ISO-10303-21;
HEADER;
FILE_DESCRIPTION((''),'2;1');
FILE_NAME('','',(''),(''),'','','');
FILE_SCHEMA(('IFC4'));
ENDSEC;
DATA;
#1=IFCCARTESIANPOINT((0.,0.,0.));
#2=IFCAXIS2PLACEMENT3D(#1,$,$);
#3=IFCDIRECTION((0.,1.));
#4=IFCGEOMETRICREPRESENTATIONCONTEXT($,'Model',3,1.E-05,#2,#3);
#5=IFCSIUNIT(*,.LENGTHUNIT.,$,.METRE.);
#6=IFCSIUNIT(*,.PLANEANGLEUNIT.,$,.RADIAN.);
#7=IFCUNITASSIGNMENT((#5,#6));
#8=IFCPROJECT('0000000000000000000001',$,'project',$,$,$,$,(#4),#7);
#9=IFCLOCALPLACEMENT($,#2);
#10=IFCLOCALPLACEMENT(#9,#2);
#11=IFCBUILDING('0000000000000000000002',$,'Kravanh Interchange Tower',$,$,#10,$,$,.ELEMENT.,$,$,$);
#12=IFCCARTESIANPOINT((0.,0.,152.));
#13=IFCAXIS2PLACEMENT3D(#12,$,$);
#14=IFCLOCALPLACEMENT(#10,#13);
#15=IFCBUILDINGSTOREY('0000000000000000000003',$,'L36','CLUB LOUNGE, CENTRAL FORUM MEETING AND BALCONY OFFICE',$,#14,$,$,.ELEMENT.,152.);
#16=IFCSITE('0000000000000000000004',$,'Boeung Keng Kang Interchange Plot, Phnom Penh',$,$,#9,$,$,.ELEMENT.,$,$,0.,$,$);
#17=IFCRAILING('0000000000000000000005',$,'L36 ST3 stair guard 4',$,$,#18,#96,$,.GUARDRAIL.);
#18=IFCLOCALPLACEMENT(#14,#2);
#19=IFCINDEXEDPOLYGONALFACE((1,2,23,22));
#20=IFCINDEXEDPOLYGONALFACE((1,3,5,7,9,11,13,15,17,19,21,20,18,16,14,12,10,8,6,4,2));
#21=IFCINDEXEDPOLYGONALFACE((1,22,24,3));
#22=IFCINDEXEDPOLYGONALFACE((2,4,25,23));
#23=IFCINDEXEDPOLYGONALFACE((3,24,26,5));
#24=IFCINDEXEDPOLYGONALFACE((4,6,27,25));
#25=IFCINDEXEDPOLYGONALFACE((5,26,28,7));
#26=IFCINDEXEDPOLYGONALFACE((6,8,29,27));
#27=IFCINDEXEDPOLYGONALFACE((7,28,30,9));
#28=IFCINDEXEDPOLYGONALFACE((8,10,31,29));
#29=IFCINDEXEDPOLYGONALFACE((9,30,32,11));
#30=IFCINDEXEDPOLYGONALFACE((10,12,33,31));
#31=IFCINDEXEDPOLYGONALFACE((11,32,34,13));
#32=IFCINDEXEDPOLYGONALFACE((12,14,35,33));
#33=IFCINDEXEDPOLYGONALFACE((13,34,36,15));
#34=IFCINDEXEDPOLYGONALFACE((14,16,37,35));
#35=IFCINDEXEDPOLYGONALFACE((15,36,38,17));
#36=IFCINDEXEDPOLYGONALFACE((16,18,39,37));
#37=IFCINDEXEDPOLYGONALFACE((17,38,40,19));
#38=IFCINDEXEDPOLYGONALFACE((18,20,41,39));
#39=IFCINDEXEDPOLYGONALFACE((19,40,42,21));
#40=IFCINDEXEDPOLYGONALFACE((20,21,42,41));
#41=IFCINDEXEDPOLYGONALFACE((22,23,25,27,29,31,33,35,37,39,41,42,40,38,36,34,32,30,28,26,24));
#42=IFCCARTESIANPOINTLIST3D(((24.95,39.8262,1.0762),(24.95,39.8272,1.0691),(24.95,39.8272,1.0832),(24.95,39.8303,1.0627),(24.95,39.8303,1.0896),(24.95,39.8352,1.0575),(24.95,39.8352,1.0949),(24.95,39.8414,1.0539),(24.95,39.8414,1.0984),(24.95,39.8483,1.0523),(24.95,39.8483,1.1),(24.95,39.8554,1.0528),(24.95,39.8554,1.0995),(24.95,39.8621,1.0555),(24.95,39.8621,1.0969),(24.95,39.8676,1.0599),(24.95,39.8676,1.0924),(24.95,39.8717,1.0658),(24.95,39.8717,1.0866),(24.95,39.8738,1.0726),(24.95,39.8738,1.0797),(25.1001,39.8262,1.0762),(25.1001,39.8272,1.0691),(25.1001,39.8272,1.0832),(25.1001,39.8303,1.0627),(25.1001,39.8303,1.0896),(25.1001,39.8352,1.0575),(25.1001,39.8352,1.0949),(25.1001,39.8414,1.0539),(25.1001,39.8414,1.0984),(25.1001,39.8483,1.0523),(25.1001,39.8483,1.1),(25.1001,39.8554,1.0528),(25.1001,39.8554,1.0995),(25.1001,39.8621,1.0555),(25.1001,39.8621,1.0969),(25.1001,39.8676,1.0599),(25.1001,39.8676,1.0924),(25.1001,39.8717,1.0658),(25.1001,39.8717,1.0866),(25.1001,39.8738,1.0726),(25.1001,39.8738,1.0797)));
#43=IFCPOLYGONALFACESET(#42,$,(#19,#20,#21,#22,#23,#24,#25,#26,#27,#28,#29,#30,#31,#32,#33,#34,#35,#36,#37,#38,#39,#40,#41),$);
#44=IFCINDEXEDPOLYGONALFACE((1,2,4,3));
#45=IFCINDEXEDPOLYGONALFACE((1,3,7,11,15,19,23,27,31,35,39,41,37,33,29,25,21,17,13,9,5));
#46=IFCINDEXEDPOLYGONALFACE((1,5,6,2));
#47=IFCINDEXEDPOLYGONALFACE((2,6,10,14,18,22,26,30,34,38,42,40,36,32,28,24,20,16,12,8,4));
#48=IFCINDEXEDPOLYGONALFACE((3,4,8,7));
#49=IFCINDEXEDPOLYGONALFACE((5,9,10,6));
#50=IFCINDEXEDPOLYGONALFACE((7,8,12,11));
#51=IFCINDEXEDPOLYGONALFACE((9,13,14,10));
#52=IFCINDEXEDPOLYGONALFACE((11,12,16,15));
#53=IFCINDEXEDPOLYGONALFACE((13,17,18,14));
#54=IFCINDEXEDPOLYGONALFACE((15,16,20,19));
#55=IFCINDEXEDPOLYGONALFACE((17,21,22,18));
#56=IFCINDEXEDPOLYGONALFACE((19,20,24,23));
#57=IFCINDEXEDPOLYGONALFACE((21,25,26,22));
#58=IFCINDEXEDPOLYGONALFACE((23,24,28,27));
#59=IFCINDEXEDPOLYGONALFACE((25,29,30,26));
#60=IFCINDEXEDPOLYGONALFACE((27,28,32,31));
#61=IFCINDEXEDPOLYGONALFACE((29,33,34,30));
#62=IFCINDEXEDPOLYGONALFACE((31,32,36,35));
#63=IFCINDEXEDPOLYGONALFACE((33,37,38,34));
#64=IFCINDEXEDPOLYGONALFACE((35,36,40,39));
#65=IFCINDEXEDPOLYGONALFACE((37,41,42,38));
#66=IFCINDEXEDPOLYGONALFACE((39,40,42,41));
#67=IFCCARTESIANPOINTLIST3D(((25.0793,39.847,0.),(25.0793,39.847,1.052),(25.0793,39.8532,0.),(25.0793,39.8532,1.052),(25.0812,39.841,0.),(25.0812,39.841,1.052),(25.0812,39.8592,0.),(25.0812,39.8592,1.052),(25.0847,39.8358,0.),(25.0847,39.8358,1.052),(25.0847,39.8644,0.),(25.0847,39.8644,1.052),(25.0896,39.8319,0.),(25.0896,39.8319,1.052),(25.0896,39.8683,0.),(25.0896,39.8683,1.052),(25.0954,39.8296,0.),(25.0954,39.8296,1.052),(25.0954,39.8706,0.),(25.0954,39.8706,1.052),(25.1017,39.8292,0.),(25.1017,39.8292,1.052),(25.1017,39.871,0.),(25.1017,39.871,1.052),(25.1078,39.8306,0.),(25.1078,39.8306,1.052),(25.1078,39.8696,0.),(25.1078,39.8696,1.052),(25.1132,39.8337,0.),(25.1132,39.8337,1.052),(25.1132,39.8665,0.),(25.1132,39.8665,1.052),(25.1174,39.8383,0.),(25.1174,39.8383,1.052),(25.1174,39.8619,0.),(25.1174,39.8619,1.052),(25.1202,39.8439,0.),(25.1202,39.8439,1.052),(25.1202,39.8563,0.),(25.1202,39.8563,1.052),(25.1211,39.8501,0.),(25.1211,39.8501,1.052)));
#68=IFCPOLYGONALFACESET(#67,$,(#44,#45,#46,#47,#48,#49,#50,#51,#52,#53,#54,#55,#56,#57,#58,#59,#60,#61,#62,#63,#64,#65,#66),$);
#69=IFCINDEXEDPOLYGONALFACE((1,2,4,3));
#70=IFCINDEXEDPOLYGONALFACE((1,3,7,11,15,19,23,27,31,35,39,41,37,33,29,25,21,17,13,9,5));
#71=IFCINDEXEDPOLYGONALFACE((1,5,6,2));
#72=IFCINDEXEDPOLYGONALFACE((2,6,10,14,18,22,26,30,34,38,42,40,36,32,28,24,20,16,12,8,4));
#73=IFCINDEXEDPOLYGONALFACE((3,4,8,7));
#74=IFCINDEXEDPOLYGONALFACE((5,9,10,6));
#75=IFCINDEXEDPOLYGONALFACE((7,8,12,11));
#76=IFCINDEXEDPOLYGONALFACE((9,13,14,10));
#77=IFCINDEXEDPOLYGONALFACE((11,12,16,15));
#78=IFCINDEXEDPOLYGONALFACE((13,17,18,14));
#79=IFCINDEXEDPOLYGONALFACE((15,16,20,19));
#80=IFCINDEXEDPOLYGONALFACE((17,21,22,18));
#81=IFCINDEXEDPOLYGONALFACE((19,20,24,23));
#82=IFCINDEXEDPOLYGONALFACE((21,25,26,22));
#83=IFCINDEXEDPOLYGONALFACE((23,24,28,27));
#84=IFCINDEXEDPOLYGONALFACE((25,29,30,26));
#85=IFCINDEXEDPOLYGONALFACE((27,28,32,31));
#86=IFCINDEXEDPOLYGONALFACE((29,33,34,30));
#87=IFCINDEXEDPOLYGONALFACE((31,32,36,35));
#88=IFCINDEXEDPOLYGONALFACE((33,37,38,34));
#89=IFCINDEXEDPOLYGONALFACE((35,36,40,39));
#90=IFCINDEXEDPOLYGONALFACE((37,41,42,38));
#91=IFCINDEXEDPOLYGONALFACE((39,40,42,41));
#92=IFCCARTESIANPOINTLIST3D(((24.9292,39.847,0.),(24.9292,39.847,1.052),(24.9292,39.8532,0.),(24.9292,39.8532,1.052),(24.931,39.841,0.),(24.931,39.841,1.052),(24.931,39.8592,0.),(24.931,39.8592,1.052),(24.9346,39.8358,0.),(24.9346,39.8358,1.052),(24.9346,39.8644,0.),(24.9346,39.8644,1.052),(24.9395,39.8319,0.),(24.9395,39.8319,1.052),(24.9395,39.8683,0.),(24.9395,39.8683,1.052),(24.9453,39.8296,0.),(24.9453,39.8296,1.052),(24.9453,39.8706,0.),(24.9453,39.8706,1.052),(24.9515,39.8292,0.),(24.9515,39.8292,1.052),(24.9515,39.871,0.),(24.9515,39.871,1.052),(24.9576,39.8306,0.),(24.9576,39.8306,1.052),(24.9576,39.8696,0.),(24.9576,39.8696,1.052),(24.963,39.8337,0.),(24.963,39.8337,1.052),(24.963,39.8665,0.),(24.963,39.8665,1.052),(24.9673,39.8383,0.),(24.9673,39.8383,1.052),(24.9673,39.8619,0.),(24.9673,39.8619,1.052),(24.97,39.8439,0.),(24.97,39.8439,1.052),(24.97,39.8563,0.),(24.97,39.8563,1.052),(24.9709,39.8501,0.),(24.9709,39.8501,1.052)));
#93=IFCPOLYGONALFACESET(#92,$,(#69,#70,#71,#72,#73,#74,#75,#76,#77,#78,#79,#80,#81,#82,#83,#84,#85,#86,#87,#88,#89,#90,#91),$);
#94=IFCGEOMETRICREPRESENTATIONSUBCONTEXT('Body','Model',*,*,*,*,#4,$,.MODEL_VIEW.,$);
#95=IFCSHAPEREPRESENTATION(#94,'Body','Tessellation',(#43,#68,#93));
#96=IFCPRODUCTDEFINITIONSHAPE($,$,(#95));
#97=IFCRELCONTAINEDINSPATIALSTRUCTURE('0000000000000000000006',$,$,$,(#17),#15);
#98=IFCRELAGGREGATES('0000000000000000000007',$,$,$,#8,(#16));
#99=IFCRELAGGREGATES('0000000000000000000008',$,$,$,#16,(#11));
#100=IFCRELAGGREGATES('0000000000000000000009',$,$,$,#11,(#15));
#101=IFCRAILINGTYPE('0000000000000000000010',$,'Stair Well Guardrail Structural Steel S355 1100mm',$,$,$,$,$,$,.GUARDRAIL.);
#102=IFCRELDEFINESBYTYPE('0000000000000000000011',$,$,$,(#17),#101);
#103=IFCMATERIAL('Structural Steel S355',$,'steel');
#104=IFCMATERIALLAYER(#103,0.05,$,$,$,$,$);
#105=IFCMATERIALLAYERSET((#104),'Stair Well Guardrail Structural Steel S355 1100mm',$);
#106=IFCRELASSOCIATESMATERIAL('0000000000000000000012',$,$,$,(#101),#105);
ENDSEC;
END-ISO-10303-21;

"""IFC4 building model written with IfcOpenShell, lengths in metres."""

from ifc_helpers import new_model, si_unit, direction, frame, origin, origin_2d, place, context, subcontext, project, spatial, circle, extrude, material, layer, layer_set, type_object, element, save


model = new_model("IFC4")

# Units and contexts
model_context = context("Model", 3, precision=1e-05, world=origin(), true_north=direction((0.0, 1.0)))
body_context = subcontext(model_context, "Body", "Model", "MODEL_VIEW")
ifc_project = project(units=[si_unit("LENGTHUNIT", "METRE"), si_unit("PLANEANGLEUNIT", "RADIAN")], contexts=[model_context])

# Site, building, storey
site_placement = place(None, origin())
site = spatial("IfcSite", under=ifc_project, at=site_placement, Name="Boeung Keng Kang Interchange Plot, Phnom Penh", CompositionType="ELEMENT", RefElevation=0.0)
building_placement = place(site_placement, origin())
building = spatial("IfcBuilding", under=site, at=building_placement, Name="Kravanh Interchange Tower", CompositionType="ELEMENT")
storey_placement = place(building_placement, frame((0.0, 0.0, 152.0)))
storey = spatial("IfcBuildingStorey", under=building, at=storey_placement, Name="L36", Description="CLUB LOUNGE, CENTRAL FORUM MEETING AND BALCONY OFFICE", CompositionType="ELEMENT", Elevation=152.0)

# Railing
ifc_material_1 = material(Name="Structural Steel S355", Category="steel")
ifc_layer_1 = layer(ifc_material_1, 0.05)
ifc_layer_set_1 = layer_set([ifc_layer_1], Name="Stair Well Guardrail Structural Steel S355 1100mm")
railing_type_1 = type_object("IfcRailingType", Name="Stair Well Guardrail Structural Steel S355 1100mm", PredefinedType="GUARDRAIL", material=ifc_layer_set_1)
railing_1_placement = place(storey_placement, frame((25.1001, 39.8501, 0.0)))
element("IfcRailing", 1, at=railing_1_placement, inside=storey, type_object=railing_type_1, Name="L36 ST3 stair guard 4", PredefinedType="GUARDRAIL", context=body_context, shape_type="SweptSolid", body=[
    extrude(circle(Radius=0.0239, at=origin_2d()), frame((0.0, 0.0, 1.0762), z_axis=(-1.0, 0.0, 0.0), x_axis=(0.0, -1.0, 0.0)), (0.0, 0.0, 1.0), 0.1501),
    extrude(circle(Radius=0.021, at=origin_2d()), origin(), (0.0, 0.0, 1.0), 1.052),
    extrude(circle(Radius=0.021, at=origin_2d()), frame((-0.1501, 0.0, 0.0)), (0.0, 0.0, 1.0), 1.052),
])

save(model, "model.ifc")
